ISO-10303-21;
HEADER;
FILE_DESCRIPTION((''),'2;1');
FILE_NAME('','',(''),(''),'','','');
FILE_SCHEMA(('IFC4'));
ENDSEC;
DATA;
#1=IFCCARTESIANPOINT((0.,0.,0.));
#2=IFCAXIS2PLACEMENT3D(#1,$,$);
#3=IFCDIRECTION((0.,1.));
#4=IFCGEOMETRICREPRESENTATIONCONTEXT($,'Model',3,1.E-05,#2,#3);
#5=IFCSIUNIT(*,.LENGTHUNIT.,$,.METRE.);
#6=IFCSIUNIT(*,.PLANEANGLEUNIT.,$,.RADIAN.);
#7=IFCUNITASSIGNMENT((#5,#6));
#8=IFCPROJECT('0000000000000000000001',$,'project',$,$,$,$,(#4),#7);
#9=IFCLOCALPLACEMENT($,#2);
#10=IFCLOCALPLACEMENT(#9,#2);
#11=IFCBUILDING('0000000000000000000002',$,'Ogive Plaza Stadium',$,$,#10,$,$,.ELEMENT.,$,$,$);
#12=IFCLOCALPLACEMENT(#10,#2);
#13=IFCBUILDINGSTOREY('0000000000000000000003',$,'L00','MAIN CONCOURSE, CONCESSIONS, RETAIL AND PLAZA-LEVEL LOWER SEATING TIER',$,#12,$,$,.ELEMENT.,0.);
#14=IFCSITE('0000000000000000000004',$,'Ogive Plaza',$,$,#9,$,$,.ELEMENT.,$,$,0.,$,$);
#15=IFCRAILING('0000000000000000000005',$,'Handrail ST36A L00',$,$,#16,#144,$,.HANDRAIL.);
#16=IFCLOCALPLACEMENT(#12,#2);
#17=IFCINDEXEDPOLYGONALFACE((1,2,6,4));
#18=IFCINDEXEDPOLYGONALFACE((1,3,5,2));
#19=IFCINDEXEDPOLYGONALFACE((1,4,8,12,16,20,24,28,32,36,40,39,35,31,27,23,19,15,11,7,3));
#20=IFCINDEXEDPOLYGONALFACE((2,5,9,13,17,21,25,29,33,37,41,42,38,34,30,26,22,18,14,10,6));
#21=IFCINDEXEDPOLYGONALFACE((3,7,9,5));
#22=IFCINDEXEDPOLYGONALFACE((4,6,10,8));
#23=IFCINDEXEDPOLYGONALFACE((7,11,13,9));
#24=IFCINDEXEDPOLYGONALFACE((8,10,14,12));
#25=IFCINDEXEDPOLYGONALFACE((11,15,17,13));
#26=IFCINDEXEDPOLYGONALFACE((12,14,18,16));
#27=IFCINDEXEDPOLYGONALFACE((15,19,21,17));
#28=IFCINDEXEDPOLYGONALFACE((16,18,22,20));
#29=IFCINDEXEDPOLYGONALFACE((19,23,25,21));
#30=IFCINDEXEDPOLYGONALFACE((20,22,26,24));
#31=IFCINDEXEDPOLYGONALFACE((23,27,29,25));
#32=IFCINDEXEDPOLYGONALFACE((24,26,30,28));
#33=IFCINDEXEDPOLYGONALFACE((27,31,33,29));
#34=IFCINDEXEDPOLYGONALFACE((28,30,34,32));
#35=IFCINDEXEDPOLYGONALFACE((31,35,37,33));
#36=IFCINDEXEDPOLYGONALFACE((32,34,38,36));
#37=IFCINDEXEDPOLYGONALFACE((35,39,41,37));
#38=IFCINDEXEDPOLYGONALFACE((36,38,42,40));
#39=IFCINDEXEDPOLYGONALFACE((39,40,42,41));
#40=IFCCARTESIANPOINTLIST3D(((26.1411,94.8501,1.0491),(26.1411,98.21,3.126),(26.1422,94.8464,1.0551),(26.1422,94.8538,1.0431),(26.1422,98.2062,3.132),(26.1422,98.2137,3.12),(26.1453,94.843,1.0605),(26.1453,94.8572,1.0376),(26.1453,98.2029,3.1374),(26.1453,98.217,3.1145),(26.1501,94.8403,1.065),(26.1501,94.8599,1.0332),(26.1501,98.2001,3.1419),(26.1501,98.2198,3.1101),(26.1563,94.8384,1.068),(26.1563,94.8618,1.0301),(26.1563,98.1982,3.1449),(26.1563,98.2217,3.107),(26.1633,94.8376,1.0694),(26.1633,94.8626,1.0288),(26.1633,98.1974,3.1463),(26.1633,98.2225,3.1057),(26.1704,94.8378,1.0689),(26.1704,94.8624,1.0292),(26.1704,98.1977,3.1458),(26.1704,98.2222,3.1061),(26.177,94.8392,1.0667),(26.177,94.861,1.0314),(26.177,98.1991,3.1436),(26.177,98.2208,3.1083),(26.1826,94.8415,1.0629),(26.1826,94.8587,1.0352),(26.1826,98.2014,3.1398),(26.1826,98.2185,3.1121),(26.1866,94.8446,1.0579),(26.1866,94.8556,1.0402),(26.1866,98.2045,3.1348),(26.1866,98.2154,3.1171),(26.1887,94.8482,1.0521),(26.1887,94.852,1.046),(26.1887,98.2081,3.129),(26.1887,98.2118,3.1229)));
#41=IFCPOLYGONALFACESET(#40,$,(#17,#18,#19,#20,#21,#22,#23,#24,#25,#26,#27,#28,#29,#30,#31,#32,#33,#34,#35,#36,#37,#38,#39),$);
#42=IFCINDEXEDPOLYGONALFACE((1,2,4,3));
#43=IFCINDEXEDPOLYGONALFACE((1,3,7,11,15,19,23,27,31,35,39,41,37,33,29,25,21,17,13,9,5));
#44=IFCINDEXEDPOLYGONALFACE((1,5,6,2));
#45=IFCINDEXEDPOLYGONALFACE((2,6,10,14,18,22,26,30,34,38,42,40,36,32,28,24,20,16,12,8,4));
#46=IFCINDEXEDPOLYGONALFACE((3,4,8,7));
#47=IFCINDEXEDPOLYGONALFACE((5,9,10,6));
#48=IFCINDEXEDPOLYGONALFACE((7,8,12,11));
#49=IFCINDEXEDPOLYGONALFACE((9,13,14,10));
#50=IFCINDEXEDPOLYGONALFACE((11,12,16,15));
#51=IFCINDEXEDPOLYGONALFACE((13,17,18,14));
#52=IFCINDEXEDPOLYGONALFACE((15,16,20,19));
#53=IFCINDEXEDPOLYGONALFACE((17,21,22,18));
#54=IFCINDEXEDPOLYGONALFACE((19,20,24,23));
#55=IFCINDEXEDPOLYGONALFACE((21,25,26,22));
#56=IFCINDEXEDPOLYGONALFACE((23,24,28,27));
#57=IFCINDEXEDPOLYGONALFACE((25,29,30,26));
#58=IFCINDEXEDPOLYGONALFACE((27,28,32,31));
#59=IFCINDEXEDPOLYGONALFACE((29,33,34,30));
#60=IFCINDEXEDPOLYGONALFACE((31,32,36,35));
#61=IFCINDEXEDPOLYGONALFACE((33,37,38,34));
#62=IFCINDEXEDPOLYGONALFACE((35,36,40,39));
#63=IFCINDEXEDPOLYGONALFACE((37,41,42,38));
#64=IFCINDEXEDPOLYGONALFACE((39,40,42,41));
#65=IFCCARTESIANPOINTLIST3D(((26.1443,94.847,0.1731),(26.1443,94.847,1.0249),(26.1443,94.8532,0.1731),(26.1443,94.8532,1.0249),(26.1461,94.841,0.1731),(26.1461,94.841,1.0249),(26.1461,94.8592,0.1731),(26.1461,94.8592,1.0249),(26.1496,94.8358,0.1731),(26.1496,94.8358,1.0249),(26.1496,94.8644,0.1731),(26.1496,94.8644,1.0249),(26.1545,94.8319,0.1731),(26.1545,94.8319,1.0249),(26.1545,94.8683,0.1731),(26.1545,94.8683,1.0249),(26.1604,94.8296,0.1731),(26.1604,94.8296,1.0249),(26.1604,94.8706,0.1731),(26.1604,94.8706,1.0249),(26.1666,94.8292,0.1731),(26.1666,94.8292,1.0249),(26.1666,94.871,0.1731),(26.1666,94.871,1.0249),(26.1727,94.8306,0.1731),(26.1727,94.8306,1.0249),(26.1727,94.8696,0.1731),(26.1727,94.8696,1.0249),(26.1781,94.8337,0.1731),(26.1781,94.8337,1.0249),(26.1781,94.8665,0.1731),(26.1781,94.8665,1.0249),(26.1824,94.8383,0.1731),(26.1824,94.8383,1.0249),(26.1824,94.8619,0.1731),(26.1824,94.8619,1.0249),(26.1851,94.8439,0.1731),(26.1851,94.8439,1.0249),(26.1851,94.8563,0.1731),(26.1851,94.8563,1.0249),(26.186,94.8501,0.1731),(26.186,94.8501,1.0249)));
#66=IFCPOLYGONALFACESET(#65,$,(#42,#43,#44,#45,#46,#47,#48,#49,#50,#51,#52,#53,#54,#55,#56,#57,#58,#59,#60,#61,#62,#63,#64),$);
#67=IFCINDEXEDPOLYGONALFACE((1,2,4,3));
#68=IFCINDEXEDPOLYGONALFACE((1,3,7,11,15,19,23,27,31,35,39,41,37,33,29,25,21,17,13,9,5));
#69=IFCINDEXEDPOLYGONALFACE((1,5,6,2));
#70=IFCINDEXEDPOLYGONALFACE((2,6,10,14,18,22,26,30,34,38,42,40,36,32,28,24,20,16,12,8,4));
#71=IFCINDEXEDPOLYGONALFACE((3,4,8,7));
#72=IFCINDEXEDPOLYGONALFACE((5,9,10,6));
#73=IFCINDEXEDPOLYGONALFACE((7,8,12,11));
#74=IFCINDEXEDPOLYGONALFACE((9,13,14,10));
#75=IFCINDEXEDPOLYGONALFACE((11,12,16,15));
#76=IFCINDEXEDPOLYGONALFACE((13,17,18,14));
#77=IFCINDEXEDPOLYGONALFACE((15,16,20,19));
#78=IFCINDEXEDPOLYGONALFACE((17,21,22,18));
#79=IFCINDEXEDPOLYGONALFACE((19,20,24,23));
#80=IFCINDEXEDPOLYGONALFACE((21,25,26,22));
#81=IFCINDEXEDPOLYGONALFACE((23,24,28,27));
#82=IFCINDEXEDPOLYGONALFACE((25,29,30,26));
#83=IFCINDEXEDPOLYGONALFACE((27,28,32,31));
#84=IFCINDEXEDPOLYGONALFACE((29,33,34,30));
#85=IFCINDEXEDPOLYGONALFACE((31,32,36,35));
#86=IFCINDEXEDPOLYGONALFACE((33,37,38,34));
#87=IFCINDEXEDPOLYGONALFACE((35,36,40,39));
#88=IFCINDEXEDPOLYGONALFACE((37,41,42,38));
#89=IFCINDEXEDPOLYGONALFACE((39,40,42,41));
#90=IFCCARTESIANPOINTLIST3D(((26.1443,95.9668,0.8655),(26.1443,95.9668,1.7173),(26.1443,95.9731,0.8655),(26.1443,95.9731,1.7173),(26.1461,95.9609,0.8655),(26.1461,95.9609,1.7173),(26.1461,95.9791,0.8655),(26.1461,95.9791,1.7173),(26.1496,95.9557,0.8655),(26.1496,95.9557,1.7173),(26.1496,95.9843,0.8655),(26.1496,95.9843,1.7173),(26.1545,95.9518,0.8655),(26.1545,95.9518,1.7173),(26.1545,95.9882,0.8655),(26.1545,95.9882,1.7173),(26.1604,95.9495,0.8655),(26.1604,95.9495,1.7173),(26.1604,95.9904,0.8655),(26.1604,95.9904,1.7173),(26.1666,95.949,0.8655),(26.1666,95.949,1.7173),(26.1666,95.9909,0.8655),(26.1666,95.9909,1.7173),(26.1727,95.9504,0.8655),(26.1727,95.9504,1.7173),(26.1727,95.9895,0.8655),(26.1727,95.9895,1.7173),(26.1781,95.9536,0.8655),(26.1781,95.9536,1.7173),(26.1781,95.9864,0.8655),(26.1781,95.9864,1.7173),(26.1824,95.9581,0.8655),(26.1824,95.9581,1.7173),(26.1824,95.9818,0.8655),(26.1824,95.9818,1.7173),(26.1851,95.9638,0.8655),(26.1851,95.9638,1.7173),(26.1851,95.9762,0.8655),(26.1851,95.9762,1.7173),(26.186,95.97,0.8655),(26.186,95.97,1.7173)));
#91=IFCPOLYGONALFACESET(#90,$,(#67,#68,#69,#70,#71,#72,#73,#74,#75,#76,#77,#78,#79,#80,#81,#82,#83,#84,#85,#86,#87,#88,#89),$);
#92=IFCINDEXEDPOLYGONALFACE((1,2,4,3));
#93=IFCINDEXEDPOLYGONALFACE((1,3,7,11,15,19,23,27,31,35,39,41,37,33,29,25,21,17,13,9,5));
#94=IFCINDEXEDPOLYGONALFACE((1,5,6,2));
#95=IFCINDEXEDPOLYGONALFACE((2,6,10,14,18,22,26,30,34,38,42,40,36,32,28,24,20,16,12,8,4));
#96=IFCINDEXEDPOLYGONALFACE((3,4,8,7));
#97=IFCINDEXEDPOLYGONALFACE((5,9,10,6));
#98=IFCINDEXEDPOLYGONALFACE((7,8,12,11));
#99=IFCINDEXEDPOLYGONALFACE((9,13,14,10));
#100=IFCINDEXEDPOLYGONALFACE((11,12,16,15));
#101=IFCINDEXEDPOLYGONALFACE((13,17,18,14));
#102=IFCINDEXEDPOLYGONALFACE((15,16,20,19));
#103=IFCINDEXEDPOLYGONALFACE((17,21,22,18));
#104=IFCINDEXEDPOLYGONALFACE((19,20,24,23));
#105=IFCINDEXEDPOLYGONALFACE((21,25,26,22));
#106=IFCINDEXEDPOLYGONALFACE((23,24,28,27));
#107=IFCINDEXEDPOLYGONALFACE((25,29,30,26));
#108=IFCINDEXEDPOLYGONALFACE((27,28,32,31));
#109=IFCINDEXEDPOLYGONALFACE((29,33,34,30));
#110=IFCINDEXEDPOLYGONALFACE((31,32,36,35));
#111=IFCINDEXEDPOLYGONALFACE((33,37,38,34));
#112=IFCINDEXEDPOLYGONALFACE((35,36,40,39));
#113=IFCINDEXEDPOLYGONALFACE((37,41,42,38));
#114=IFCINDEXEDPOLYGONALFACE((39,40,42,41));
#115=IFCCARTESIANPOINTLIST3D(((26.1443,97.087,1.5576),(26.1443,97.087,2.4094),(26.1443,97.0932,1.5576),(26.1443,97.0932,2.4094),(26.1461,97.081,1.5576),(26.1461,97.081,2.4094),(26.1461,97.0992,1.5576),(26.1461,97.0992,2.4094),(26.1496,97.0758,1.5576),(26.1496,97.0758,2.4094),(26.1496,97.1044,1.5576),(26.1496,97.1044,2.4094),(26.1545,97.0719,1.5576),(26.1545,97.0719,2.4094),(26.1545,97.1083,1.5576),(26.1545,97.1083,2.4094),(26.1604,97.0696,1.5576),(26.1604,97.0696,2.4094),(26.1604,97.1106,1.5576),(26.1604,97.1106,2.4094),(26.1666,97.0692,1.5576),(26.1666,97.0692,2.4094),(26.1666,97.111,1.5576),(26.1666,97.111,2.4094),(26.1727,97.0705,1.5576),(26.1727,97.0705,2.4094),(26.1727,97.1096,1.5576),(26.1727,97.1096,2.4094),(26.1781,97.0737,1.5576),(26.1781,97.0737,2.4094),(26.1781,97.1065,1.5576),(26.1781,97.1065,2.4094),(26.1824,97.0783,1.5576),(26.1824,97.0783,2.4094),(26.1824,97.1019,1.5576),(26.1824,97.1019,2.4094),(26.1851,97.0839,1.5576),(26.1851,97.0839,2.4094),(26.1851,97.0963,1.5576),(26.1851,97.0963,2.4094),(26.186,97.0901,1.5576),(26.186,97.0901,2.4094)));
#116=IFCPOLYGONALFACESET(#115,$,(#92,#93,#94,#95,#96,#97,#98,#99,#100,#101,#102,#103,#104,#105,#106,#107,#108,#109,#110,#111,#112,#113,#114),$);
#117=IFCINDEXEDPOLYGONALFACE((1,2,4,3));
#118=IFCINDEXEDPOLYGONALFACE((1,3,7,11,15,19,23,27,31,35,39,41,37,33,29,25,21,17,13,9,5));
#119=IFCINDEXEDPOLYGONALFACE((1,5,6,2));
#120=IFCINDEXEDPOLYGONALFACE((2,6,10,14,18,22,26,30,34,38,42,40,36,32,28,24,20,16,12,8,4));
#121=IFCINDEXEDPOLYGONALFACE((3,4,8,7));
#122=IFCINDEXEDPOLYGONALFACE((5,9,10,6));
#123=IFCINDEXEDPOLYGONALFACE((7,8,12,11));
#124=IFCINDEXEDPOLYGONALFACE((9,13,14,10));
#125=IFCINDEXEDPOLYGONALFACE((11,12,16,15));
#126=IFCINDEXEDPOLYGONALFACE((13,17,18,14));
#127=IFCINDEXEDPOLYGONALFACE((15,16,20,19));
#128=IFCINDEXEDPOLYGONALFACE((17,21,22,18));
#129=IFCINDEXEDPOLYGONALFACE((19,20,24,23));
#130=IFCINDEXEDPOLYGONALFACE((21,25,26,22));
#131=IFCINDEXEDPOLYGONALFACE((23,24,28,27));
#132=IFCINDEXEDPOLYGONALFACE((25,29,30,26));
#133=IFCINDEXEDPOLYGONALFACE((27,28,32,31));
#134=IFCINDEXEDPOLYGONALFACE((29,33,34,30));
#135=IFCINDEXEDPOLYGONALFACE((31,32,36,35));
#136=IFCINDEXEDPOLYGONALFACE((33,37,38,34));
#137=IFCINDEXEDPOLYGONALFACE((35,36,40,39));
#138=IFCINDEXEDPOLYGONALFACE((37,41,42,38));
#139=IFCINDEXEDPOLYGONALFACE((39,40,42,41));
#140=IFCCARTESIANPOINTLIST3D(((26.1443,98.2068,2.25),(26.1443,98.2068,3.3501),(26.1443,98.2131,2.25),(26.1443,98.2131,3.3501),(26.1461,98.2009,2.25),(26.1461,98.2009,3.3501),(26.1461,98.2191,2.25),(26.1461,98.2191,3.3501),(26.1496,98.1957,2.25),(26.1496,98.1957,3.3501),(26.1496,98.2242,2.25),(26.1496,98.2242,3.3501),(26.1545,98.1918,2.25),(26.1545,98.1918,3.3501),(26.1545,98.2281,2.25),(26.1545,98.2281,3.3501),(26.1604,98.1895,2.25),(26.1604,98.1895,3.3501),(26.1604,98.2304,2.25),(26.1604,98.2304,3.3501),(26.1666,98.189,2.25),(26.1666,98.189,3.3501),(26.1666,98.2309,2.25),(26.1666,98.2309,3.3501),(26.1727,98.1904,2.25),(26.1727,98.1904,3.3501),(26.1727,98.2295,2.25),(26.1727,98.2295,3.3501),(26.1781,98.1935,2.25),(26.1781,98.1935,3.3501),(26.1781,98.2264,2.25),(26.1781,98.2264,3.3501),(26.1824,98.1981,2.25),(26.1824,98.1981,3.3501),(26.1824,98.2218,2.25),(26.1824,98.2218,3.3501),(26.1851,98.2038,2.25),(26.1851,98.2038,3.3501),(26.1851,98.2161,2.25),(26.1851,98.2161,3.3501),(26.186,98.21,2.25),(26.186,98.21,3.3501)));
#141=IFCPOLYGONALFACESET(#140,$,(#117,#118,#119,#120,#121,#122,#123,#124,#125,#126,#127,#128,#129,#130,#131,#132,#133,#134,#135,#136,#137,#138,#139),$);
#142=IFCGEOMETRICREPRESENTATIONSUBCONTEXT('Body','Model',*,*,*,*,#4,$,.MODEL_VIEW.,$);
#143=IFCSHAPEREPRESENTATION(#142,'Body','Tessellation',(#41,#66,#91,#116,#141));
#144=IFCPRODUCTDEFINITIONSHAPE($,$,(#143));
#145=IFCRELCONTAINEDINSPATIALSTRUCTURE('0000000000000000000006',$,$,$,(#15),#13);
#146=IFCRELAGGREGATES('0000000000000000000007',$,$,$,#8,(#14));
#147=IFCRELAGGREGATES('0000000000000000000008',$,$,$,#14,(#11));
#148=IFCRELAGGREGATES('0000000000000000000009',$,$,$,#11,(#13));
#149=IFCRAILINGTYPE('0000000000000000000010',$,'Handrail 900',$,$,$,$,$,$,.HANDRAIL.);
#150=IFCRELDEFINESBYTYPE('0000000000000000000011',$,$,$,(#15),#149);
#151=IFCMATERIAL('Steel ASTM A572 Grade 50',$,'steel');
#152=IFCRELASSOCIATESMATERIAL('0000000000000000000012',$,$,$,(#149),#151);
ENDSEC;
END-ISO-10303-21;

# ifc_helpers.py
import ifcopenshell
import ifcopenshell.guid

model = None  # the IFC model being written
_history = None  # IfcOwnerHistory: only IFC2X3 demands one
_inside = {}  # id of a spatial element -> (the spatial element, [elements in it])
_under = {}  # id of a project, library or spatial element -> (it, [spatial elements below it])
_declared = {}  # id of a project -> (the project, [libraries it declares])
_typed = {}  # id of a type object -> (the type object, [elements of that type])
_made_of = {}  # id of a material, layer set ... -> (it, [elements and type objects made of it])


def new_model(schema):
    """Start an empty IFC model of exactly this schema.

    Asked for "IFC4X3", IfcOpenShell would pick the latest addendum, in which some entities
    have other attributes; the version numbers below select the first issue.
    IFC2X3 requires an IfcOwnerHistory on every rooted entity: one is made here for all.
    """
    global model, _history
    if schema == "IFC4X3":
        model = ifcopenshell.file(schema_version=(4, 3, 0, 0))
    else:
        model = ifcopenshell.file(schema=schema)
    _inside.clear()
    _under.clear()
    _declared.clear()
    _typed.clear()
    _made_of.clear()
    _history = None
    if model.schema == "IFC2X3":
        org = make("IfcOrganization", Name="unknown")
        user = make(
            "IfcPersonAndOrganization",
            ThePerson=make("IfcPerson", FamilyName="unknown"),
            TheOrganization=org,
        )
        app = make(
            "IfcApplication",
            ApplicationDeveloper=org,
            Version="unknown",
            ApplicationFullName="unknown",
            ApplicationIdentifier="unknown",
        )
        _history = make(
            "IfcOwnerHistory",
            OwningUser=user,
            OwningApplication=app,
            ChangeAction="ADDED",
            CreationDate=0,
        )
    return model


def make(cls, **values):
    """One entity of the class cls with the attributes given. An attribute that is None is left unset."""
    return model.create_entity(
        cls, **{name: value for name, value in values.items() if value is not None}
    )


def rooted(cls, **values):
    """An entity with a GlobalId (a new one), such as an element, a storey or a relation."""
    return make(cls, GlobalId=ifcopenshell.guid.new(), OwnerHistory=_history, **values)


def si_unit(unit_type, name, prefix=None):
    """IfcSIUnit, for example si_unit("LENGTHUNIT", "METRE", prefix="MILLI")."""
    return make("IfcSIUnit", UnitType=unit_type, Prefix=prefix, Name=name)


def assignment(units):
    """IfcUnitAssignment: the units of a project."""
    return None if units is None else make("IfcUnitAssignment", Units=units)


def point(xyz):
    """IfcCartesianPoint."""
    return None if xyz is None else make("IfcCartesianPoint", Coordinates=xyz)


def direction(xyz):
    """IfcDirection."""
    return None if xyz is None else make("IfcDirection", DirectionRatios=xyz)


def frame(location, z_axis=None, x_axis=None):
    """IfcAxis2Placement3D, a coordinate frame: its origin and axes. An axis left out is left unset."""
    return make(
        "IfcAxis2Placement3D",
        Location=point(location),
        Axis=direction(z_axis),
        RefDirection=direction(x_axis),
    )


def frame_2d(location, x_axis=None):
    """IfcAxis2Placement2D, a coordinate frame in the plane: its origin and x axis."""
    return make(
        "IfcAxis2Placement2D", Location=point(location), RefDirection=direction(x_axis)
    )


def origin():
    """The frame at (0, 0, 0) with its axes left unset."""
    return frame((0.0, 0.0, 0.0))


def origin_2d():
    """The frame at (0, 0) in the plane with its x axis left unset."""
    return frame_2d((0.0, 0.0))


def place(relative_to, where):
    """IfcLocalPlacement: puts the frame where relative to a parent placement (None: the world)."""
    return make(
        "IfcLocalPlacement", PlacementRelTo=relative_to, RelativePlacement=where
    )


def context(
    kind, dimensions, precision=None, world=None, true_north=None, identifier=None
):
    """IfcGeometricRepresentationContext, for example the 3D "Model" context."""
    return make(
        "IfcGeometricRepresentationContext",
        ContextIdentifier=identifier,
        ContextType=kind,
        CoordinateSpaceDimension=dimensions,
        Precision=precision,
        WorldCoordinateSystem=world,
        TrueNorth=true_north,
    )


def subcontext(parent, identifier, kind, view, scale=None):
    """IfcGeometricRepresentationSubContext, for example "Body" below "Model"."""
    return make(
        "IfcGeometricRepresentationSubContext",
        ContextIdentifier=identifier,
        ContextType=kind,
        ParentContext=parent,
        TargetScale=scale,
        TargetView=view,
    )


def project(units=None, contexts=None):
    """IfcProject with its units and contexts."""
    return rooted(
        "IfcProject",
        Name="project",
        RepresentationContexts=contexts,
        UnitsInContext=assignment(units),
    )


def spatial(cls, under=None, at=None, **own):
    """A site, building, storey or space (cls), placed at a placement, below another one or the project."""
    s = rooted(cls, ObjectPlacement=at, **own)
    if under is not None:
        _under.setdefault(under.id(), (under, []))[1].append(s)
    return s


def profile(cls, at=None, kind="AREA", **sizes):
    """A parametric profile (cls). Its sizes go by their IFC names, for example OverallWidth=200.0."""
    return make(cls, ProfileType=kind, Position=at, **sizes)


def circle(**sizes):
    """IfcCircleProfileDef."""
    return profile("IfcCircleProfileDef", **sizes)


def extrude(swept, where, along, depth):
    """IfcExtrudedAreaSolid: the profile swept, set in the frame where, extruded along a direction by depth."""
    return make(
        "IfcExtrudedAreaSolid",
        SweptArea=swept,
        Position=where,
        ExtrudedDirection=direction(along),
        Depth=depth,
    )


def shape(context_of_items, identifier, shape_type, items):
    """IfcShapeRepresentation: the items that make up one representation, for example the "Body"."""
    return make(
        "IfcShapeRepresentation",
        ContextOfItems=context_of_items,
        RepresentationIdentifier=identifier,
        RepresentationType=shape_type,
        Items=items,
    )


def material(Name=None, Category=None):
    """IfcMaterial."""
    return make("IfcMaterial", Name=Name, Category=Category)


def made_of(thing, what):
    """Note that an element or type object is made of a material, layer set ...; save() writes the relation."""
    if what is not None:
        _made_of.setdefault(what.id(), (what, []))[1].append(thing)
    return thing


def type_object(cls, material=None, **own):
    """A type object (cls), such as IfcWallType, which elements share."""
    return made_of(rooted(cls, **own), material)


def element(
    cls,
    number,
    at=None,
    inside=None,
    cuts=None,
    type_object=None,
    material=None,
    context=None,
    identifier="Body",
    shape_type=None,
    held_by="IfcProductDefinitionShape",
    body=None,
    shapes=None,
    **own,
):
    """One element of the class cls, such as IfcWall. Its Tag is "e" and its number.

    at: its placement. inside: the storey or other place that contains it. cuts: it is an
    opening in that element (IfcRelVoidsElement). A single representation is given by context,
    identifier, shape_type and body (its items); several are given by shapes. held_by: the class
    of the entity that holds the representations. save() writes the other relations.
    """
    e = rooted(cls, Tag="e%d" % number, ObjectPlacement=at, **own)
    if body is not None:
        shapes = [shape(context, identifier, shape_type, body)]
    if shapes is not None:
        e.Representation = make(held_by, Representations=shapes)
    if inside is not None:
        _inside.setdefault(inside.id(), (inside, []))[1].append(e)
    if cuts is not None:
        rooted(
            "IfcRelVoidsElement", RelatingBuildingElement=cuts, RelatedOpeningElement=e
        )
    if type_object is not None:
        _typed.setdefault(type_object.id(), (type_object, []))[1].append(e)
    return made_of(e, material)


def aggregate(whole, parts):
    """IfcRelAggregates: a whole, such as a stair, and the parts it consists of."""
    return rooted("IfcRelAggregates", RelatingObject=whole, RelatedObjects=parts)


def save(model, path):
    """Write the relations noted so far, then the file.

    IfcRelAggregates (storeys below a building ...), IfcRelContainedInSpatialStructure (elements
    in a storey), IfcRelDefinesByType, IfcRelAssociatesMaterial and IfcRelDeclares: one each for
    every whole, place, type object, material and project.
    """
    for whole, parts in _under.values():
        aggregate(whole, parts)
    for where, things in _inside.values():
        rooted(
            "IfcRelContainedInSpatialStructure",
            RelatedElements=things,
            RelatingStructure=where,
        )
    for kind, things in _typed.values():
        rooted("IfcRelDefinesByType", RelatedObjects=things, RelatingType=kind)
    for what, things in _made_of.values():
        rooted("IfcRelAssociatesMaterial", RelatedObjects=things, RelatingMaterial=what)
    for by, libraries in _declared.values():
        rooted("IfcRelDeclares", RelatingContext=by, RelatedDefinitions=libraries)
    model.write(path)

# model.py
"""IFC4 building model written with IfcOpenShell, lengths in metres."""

from ifc_helpers import new_model, si_unit, direction, frame, origin, origin_2d, place, context, subcontext, project, spatial, circle, extrude, material, type_object, element, save


model = new_model("IFC4")

# Units and contexts
model_context = context("Model", 3, precision=1e-05, world=origin(), true_north=direction((0.0, 1.0)))
body_context = subcontext(model_context, "Body", "Model", "MODEL_VIEW")
ifc_project = project(units=[si_unit("LENGTHUNIT", "METRE"), si_unit("PLANEANGLEUNIT", "RADIAN")], contexts=[model_context])

# Site, building, storey
site_placement = place(None, origin())
site = spatial("IfcSite", under=ifc_project, at=site_placement, Name="Ogive Plaza", CompositionType="ELEMENT", RefElevation=0.0)
building_placement = place(site_placement, origin())
building = spatial("IfcBuilding", under=site, at=building_placement, Name="Ogive Plaza Stadium", CompositionType="ELEMENT")
storey_placement = place(building_placement, origin())
storey = spatial("IfcBuildingStorey", under=building, at=storey_placement, Name="L00", Description="MAIN CONCOURSE, CONCESSIONS, RETAIL AND PLAZA-LEVEL LOWER SEATING TIER", CompositionType="ELEMENT", Elevation=0.0)

# Railing
ifc_material_1 = material(Name="Steel ASTM A572 Grade 50", Category="steel")
railing_type = type_object("IfcRailingType", Name="Handrail 900", PredefinedType="HANDRAIL", material=ifc_material_1)
for number, where, name in (
    (1, (26.165, 94.8501, 0.1731), "Handrail ST36A L00"),
):
    element("IfcRailing", number, at=place(storey_placement, frame(where)), inside=storey, type_object=railing_type, Name=name, PredefinedType="HANDRAIL", context=body_context, shape_type="SweptSolid", body=[
        extrude(circle(Radius=0.0239, at=origin_2d()), frame((0.0, 0.0, 0.876), z_axis=(0.0, 0.850606, 0.525803), x_axis=(-1.0, 0.0, 0.0)), (0.0, 0.0, 1.0), 3.95),
        extrude(circle(Radius=0.021, at=origin_2d()), origin(), (0.0, 0.0, 1.0), 0.8518),
        extrude(circle(Radius=0.021, at=origin_2d()), frame((0.0, 1.1199, 0.6924)), (0.0, 0.0, 1.0), 0.8518),
        extrude(circle(Radius=0.021, at=origin_2d()), frame((0.0, 2.24, 1.3845)), (0.0, 0.0, 1.0), 0.8518),
        extrude(circle(Radius=0.021, at=origin_2d()), frame((0.0, 3.3599, 2.0769)), (0.0, 0.0, 1.0), 1.1001),
    ])

save(model, "model.ifc")
